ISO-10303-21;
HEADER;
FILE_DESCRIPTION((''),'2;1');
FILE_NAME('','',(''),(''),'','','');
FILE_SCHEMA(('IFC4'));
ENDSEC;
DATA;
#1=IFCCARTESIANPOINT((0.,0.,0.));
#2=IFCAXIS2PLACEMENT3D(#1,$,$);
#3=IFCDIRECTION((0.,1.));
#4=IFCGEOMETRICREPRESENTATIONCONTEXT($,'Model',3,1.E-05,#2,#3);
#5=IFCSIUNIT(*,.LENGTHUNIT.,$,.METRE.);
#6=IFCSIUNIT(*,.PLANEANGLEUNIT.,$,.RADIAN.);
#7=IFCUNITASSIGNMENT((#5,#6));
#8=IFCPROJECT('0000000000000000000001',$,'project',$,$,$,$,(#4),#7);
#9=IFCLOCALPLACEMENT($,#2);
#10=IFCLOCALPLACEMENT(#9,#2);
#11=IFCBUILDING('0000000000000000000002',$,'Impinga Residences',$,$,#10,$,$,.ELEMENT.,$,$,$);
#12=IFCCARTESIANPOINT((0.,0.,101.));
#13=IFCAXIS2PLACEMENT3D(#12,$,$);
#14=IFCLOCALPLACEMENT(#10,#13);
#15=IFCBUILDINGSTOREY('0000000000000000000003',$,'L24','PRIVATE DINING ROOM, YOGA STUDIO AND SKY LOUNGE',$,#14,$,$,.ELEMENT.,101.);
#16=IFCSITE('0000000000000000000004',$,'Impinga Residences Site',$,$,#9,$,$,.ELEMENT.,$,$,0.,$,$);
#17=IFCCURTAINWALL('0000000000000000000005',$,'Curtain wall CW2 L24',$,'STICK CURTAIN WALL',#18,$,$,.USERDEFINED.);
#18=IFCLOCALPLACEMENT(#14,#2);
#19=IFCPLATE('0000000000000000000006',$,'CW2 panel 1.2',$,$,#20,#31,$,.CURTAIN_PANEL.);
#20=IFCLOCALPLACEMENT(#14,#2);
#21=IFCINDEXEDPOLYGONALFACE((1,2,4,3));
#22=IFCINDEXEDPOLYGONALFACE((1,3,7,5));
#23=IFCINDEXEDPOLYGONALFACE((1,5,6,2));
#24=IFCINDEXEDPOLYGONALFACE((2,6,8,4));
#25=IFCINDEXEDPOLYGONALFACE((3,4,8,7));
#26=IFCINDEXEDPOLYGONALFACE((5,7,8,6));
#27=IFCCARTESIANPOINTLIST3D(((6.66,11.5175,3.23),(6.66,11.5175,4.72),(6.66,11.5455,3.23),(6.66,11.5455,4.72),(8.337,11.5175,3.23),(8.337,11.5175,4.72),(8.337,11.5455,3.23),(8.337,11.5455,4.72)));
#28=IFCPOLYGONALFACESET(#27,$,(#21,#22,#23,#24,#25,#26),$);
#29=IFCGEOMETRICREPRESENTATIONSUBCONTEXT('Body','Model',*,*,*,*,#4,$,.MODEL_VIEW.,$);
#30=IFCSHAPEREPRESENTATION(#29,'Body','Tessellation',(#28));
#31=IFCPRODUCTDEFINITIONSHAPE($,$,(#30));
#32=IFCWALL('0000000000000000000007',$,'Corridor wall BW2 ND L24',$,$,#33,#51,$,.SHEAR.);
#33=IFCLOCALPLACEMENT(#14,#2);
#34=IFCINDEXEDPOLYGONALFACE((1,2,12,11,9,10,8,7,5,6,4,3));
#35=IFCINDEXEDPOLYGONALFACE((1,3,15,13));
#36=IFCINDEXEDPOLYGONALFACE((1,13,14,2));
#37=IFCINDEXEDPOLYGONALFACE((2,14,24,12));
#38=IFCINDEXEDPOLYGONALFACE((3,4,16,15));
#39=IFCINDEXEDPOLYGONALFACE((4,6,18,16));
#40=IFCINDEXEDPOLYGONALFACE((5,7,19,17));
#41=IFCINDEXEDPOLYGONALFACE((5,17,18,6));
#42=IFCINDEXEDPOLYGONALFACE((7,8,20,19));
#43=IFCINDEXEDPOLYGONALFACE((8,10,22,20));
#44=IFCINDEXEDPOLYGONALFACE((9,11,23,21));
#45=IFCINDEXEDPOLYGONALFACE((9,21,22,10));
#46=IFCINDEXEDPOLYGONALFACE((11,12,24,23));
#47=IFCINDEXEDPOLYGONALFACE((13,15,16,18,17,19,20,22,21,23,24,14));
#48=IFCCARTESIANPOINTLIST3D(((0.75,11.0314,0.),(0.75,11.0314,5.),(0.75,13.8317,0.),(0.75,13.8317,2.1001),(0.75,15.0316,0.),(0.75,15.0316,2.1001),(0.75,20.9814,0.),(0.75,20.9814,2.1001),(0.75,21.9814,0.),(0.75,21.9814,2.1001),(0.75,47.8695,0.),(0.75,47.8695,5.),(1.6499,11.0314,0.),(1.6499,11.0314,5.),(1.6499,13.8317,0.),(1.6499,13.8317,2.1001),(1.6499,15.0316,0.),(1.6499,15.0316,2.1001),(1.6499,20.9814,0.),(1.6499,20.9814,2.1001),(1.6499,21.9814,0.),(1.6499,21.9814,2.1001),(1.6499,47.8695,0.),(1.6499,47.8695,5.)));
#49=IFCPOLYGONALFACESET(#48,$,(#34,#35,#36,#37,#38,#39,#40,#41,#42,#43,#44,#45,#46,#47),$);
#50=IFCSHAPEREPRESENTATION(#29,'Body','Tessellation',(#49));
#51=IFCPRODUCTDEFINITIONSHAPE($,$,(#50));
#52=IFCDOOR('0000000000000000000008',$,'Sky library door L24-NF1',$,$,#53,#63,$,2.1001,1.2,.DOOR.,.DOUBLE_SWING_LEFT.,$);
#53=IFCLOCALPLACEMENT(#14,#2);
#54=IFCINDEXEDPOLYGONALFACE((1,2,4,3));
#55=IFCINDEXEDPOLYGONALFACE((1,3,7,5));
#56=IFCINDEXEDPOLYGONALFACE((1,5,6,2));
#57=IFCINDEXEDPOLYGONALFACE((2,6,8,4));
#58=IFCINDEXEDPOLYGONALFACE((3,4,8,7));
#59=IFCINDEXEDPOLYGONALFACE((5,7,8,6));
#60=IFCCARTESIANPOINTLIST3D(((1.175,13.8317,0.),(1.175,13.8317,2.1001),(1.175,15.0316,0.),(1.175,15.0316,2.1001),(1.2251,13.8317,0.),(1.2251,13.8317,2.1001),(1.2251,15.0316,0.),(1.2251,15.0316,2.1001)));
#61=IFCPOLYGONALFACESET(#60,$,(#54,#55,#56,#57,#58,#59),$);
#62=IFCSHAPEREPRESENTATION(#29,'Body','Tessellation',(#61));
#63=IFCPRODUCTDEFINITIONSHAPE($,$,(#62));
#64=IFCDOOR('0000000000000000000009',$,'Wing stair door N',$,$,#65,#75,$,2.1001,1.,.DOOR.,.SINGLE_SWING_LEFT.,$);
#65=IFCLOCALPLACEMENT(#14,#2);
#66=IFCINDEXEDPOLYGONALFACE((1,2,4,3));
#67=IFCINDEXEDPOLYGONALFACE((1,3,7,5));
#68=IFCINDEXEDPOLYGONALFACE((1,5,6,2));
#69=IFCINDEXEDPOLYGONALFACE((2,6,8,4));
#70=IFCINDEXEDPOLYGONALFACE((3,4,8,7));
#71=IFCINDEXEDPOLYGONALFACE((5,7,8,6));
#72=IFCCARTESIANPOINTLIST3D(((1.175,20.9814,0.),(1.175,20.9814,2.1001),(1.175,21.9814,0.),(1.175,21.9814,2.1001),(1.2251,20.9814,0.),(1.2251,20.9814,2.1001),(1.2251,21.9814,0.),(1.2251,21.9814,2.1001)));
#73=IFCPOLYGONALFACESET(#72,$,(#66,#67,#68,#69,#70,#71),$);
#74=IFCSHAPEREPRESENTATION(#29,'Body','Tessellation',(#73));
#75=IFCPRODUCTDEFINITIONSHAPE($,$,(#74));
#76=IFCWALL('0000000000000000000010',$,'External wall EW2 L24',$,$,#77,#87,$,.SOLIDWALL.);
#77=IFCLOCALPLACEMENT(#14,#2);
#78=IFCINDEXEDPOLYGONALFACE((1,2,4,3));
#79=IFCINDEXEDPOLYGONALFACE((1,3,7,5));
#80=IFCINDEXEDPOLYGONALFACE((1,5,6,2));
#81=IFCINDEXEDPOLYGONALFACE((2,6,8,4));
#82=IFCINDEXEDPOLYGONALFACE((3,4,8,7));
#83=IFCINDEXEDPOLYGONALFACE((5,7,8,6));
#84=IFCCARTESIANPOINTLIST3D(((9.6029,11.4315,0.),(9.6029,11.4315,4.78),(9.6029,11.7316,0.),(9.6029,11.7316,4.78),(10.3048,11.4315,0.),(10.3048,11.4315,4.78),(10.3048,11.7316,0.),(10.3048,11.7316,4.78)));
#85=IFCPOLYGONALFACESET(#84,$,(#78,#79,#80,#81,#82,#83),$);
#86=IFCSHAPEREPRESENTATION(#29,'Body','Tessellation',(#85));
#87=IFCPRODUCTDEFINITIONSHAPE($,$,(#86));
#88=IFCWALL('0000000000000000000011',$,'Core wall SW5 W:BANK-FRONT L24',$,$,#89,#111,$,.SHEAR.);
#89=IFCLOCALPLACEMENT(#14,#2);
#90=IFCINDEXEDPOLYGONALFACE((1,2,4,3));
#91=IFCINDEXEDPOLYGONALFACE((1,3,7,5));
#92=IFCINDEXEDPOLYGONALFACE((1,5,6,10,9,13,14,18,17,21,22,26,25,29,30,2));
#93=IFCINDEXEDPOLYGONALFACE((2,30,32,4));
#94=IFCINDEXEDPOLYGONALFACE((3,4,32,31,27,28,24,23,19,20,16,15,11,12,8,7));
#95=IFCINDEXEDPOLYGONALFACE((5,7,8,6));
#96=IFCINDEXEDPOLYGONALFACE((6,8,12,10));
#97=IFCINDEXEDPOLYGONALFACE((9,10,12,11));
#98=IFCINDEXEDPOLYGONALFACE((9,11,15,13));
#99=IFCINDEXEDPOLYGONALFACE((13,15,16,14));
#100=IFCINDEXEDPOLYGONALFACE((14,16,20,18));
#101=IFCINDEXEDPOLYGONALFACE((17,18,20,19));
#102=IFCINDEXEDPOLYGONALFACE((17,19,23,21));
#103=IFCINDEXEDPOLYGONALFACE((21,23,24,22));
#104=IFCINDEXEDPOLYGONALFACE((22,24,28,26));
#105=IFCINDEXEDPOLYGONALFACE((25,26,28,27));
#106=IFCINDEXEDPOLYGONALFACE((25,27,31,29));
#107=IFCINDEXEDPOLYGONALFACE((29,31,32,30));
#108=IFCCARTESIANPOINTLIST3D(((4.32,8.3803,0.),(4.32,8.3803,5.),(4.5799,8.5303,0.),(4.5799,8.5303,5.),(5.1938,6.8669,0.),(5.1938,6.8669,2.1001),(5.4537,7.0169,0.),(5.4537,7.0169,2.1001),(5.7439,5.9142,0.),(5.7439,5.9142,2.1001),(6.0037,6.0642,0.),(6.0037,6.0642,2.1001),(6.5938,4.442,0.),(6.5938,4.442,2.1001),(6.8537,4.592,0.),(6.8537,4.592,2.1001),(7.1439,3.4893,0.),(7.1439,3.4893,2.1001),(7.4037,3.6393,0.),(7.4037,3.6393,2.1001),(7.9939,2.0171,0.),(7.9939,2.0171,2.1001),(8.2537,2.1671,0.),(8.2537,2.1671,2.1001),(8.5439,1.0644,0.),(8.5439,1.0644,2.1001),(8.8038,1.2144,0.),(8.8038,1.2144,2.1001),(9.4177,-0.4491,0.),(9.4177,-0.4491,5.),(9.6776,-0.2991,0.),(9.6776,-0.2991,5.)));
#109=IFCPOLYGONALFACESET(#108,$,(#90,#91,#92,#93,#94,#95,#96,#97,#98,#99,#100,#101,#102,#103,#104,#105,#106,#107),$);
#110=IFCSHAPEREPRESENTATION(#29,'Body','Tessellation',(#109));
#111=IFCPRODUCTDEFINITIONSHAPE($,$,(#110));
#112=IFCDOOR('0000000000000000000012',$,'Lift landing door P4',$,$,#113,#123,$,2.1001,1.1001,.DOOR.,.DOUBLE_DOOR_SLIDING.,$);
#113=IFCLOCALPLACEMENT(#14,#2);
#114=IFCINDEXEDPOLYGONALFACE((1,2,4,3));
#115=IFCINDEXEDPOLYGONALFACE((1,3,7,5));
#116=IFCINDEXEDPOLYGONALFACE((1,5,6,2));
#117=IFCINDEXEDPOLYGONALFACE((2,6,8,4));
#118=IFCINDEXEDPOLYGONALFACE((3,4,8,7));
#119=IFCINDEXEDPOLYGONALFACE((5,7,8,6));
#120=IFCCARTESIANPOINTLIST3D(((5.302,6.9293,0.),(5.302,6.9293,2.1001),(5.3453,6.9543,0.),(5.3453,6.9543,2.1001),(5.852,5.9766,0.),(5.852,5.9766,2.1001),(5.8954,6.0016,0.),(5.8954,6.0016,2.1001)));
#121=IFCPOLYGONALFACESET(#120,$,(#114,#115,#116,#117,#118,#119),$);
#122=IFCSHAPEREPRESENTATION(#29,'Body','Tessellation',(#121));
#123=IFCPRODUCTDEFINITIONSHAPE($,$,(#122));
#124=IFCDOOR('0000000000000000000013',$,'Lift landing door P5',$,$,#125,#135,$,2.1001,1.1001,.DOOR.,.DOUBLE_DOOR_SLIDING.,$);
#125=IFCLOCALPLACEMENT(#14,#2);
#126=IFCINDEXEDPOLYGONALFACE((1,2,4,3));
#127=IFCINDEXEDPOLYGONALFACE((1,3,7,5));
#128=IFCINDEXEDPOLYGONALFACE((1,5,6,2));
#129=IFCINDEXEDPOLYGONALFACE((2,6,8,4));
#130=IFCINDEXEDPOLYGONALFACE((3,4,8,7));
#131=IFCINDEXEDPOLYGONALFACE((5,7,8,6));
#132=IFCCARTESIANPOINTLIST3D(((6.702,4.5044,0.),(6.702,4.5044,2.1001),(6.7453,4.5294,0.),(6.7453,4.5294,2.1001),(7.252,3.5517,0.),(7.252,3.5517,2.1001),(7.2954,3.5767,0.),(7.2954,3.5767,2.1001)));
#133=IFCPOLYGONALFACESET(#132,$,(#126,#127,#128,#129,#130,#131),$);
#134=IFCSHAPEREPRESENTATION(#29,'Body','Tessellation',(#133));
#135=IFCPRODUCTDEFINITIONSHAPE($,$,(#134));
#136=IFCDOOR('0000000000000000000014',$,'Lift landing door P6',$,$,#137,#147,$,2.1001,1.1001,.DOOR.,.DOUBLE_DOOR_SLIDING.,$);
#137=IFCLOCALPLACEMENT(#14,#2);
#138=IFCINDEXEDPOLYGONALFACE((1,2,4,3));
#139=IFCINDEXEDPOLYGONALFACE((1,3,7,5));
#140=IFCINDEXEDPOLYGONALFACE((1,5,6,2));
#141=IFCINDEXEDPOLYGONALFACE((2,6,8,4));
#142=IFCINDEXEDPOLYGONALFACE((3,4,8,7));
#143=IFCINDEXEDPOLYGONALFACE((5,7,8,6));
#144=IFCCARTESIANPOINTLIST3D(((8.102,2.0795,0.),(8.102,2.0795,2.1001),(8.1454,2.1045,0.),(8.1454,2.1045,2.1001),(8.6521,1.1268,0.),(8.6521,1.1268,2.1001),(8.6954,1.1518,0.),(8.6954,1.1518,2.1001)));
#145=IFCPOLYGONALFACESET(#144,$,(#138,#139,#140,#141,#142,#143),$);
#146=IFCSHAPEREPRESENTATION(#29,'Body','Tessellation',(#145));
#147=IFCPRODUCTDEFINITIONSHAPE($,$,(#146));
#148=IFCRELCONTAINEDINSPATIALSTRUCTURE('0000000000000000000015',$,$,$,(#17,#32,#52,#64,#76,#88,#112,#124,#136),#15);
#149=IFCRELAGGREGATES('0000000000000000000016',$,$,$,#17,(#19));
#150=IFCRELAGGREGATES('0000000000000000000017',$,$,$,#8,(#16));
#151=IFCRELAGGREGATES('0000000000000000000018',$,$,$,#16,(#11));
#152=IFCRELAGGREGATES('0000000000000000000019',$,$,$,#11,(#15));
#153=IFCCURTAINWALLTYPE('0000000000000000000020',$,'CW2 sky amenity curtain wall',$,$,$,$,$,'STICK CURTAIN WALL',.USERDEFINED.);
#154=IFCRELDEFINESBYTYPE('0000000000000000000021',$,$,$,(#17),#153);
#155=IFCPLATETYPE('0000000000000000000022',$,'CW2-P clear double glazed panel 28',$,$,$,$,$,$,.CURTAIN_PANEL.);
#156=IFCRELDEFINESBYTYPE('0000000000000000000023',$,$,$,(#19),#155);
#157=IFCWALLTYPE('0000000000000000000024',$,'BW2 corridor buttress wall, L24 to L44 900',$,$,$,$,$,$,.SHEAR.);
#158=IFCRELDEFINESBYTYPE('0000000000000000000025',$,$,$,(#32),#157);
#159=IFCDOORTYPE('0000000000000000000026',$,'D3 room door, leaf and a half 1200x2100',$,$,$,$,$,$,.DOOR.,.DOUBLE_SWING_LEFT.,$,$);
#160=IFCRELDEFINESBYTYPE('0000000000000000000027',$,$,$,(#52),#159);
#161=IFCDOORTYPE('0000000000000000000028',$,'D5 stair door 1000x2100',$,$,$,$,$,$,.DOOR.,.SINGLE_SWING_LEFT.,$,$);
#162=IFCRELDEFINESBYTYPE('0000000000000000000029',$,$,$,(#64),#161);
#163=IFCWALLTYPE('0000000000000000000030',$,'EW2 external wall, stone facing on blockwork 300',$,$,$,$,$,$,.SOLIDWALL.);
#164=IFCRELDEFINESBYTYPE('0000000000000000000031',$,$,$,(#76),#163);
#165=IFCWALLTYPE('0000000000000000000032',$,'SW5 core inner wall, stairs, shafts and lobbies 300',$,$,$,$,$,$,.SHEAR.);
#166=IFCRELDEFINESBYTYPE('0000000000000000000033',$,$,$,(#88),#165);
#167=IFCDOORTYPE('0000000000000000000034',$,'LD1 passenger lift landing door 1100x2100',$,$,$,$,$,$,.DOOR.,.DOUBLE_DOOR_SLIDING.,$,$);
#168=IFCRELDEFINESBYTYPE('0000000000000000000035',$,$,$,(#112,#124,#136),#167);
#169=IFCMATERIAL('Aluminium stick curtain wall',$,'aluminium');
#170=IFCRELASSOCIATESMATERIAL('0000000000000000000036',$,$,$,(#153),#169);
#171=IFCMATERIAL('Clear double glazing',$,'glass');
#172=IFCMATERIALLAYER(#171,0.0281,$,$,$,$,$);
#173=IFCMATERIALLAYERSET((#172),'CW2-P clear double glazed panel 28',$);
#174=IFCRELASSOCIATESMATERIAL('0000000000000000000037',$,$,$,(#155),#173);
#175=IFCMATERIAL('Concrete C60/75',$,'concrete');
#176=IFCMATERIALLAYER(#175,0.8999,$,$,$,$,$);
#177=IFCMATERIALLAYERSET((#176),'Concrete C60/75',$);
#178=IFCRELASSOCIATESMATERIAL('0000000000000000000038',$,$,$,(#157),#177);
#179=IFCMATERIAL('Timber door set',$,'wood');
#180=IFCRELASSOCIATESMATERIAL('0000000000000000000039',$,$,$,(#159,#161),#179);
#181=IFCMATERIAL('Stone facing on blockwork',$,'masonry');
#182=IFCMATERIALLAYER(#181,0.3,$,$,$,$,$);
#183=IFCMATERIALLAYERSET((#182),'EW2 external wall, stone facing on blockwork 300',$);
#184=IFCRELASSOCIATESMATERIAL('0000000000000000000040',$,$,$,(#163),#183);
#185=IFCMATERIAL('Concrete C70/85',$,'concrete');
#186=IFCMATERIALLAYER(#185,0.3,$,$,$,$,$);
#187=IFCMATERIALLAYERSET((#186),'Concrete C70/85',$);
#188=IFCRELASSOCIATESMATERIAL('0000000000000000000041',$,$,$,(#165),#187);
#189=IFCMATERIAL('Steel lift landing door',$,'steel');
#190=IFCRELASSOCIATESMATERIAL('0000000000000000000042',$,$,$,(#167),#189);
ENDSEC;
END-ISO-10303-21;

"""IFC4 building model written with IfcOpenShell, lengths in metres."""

from ifc_helpers import new_model, si_unit, direction, frame, frame_2d, origin, origin_2d, place, context, subcontext, project, spatial, rectangle, extrude, material, layer, layer_set, type_object, element, fill, aggregate, save


model = new_model("IFC4")

# Units and contexts
model_context = context("Model", 3, precision=1e-05, world=origin(), true_north=direction((0.0, 1.0)))
body_context = subcontext(model_context, "Body", "Model", "MODEL_VIEW")
ifc_project = project(units=[si_unit("LENGTHUNIT", "METRE"), si_unit("PLANEANGLEUNIT", "RADIAN")], contexts=[model_context])

# Site, building, storey
site_placement = place(None, origin())
site = spatial("IfcSite", under=ifc_project, at=site_placement, Name="Impinga Residences Site", CompositionType="ELEMENT", RefElevation=0.0)
building_placement = place(site_placement, origin())
building = spatial("IfcBuilding", under=site, at=building_placement, Name="Impinga Residences", CompositionType="ELEMENT")
storey_placement = place(building_placement, frame((0.0, 0.0, 101.0)))
storey = spatial("IfcBuildingStorey", under=building, at=storey_placement, Name="L24", Description="PRIVATE DINING ROOM, YOGA STUDIO AND SKY LOUNGE", CompositionType="ELEMENT", Elevation=101.0)

# Shared definitions
ifc_material_1 = material(Name="Concrete C60/75", Category="concrete")

# Shared definitions
ifc_material_2 = material(Name="Aluminium stick curtain wall", Category="aluminium")
curtain_wall_type = type_object("IfcCurtainWallType", Name="CW2 sky amenity curtain wall", ElementType="STICK CURTAIN WALL", PredefinedType="USERDEFINED", material=ifc_material_2)

# Curtain wall
curtain_wall_1_placement = place(storey_placement, origin())
curtain_wall_1 = element("IfcCurtainWall", 1, at=curtain_wall_1_placement, inside=storey, type_object=curtain_wall_type, Name="Curtain wall CW2 L24", ObjectType="STICK CURTAIN WALL", PredefinedType="USERDEFINED")

# Plate
ifc_material_3 = material(Name="Clear double glazing", Category="glass")
ifc_layer_1 = layer(ifc_material_3, 0.0281)
ifc_layer_set_1 = layer_set([ifc_layer_1], Name="CW2-P clear double glazed panel 28")
plate_type = type_object("IfcPlateType", Name="CW2-P clear double glazed panel 28", PredefinedType="CURTAIN_PANEL", material=ifc_layer_set_1)
plate_1_placement = place(storey_placement, frame((7.4985, 11.5315, 3.23), z_axis=(0.0, 0.0, 1.0), x_axis=(-1.0, 0.0, 0.0)))
plate_1 = element("IfcPlate", 2, at=plate_1_placement, type_object=plate_type, Name="CW2 panel 1.2", PredefinedType="CURTAIN_PANEL", context=body_context, shape_type="SweptSolid", body=[
    extrude(rectangle(XDim=1.677, YDim=0.0281, at=origin_2d()), origin(), (0.0, 0.0, 1.0), 1.49),
])
aggregate(curtain_wall_1, [plate_1])

# Wall, openings, doors
ifc_layer_2 = layer(ifc_material_1, 0.8999)
ifc_layer_set_2 = layer_set([ifc_layer_2], Name="Concrete C60/75")
wall_type_1 = type_object("IfcWallType", Name="BW2 corridor buttress wall, L24 to L44 900", PredefinedType="SHEAR", material=ifc_layer_set_2)
wall_1_placement = place(storey_placement, frame((1.2, 11.0315, 0.0), z_axis=(0.0, 0.0, 1.0), x_axis=(0.0, 1.0, 0.0)))
wall_1 = element("IfcWall", 3, at=wall_1_placement, inside=storey, type_object=wall_type_1, Name="Corridor wall BW2 ND L24", PredefinedType="SHEAR", context=body_context, shape_type="SweptSolid", body=[
    extrude(rectangle(XDim=36.8381, YDim=0.8999, at=frame_2d((18.4189, 0.0))), origin(), (0.0, 0.0, 1.0), 5.0),
])
opening_1_placement = place(wall_1_placement, frame((9.95, 0.0, 0.0)))
opening_1 = element("IfcOpeningElement", 4, at=opening_1_placement, cuts=wall_1, PredefinedType="OPENING", context=body_context, shape_type="SweptSolid", body=[
    extrude(rectangle(XDim=1.0, YDim=2.1001, at=frame_2d((0.5, 1.05))), frame((0.0, 0.46, 0.0), z_axis=(0.0, -1.0, 0.0), x_axis=(1.0, 0.0, 0.0)), (0.0, 0.0, 1.0), 0.9199),
])
opening_2_placement = place(wall_1_placement, frame((2.8, 0.0, 0.0)))
opening_2 = element("IfcOpeningElement", 5, at=opening_2_placement, cuts=wall_1, PredefinedType="OPENING", context=body_context, shape_type="SweptSolid", body=[
    extrude(rectangle(XDim=1.2, YDim=2.1001, at=frame_2d((0.6001, 1.05))), frame((0.0, 0.46, 0.0), z_axis=(0.0, -1.0, 0.0), x_axis=(1.0, 0.0, 0.0)), (0.0, 0.0, 1.0), 0.9199),
])
ifc_material_4 = material(Name="Timber door set", Category="wood")
door_type_1 = type_object("IfcDoorType", Name="D3 room door, leaf and a half 1200x2100", OperationType="DOUBLE_SWING_LEFT", PredefinedType="DOOR", material=ifc_material_4)
door_1_placement = place(opening_2_placement, origin())
door_1 = element("IfcDoor", 6, at=door_1_placement, inside=storey, type_object=door_type_1, Name="Sky library door L24-NF1", OperationType="DOUBLE_SWING_LEFT", OverallHeight=2.1001, OverallWidth=1.2, PredefinedType="DOOR", context=body_context, shape_type="SweptSolid", body=[
    extrude(rectangle(XDim=1.2, YDim=2.1001, at=frame_2d((0.6001, 1.05))), frame((0.0, 0.0249, 0.0), z_axis=(0.0, -1.0, 0.0), x_axis=(1.0, 0.0, 0.0)), (0.0, 0.0, 1.0), 0.05),
])
fill(opening_2, door_1)
door_type_2 = type_object("IfcDoorType", Name="D5 stair door 1000x2100", OperationType="SINGLE_SWING_LEFT", PredefinedType="DOOR", material=ifc_material_4)
door_2_placement = place(opening_1_placement, origin())
door_2 = element("IfcDoor", 7, at=door_2_placement, inside=storey, type_object=door_type_2, Name="Wing stair door N", OperationType="SINGLE_SWING_LEFT", OverallHeight=2.1001, OverallWidth=1.0, PredefinedType="DOOR", context=body_context, shape_type="SweptSolid", body=[
    extrude(rectangle(XDim=1.0, YDim=2.1001, at=frame_2d((0.5, 1.05))), frame((0.0, 0.0249, 0.0), z_axis=(0.0, -1.0, 0.0), x_axis=(1.0, 0.0, 0.0)), (0.0, 0.0, 1.0), 0.05),
])
fill(opening_1, door_2)

# Wall
ifc_material_5 = material(Name="Stone facing on blockwork", Category="masonry")
ifc_layer_3 = layer(ifc_material_5, 0.3)
ifc_layer_set_3 = layer_set([ifc_layer_3], Name="EW2 external wall, stone facing on blockwork 300")
wall_type_2 = type_object("IfcWallType", Name="EW2 external wall, stone facing on blockwork 300", PredefinedType="SOLIDWALL", material=ifc_layer_set_3)
wall_2_placement = place(storey_placement, frame((10.3049, 11.5815, 0.0), z_axis=(0.0, 0.0, 1.0), x_axis=(-1.0, 0.0, 0.0)))
element("IfcWall", 8, at=wall_2_placement, inside=storey, type_object=wall_type_2, Name="External wall EW2 L24", PredefinedType="SOLIDWALL", context=body_context, shape_type="SweptSolid", body=[
    extrude(rectangle(XDim=0.7019, YDim=0.3, at=frame_2d((0.3511, 0.0))), origin(), (0.0, 0.0, 1.0), 4.78),
])

# Wall, openings, doors
ifc_material_6 = material(Name="Concrete C70/85", Category="concrete")
ifc_layer_4 = layer(ifc_material_6, 0.3)
ifc_layer_set_4 = layer_set([ifc_layer_4], Name="Concrete C70/85")
wall_type_3 = type_object("IfcWallType", Name="SW5 core inner wall, stairs, shafts and lobbies 300", PredefinedType="SHEAR", material=ifc_layer_set_4)
wall_3_placement = place(storey_placement, frame((4.45, 8.4553, 0.0), z_axis=(0.0, 0.0, 1.0), x_axis=(0.500002, -0.866024, 0.0)))
wall_3 = element("IfcWall", 9, at=wall_3_placement, inside=storey, type_object=wall_type_3, Name="Core wall SW5 W:BANK-FRONT L24", PredefinedType="SHEAR", context=body_context, shape_type="SweptSolid", body=[
    extrude(rectangle(XDim=10.1953, YDim=0.3, at=frame_2d((5.0977, 0.0))), origin(), (0.0, 0.0, 1.0), 5.0),
])
opening_3_placement = place(wall_3_placement, frame((1.7476, 0.0, 0.0)))
opening_3 = element("IfcOpeningElement", 10, at=opening_3_placement, cuts=wall_3, PredefinedType="OPENING", context=body_context, shape_type="SweptSolid", body=[
    extrude(rectangle(XDim=1.1001, YDim=2.1001, at=frame_2d((0.55, 1.05))), frame((0.0, 0.1599, 0.0), z_axis=(0.0, -1.0, 0.0), x_axis=(1.0, 0.0, 0.0)), (0.0, 0.0, 1.0), 0.3201),
])
opening_4_placement = place(wall_3_placement, frame((4.5476, 0.0, 0.0)))
opening_4 = element("IfcOpeningElement", 11, at=opening_4_placement, cuts=wall_3, PredefinedType="OPENING", context=body_context, shape_type="SweptSolid", body=[
    extrude(rectangle(XDim=1.1001, YDim=2.1001, at=frame_2d((0.55, 1.05))), frame((0.0, 0.1599, 0.0), z_axis=(0.0, -1.0, 0.0), x_axis=(1.0, 0.0, 0.0)), (0.0, 0.0, 1.0), 0.3201),
])
opening_5_placement = place(wall_3_placement, frame((7.3477, 0.0, 0.0)))
opening_5 = element("IfcOpeningElement", 12, at=opening_5_placement, cuts=wall_3, PredefinedType="OPENING", context=body_context, shape_type="SweptSolid", body=[
    extrude(rectangle(XDim=1.1001, YDim=2.1001, at=frame_2d((0.55, 1.05))), frame((0.0, 0.1599, 0.0), z_axis=(0.0, -1.0, 0.0), x_axis=(1.0, 0.0, 0.0)), (0.0, 0.0, 1.0), 0.3201),
])
ifc_material_7 = material(Name="Steel lift landing door", Category="steel")
door_type_3 = type_object("IfcDoorType", Name="LD1 passenger lift landing door 1100x2100", OperationType="DOUBLE_DOOR_SLIDING", PredefinedType="DOOR", material=ifc_material_7)
door_3_placement = place(opening_3_placement, origin())
door_3 = element("IfcDoor", 13, at=door_3_placement, inside=storey, type_object=door_type_3, Name="Lift landing door P4", OperationType="DOUBLE_DOOR_SLIDING", OverallHeight=2.1001, OverallWidth=1.1001, PredefinedType="DOOR", context=body_context, shape_type="SweptSolid", body=[
    extrude(rectangle(XDim=1.1001, YDim=2.1001, at=frame_2d((0.55, 1.05))), frame((0.0, 0.0249, 0.0), z_axis=(0.0, -1.0, 0.0), x_axis=(1.0, 0.0, 0.0)), (0.0, 0.0, 1.0), 0.05),
])
fill(opening_3, door_3)
door_4_placement = place(opening_4_placement, origin())
door_4 = element("IfcDoor", 14, at=door_4_placement, inside=storey, type_object=door_type_3, Name="Lift landing door P5", OperationType="DOUBLE_DOOR_SLIDING", OverallHeight=2.1001, OverallWidth=1.1001, PredefinedType="DOOR", context=body_context, shape_type="SweptSolid", body=[
    extrude(rectangle(XDim=1.1001, YDim=2.1001, at=frame_2d((0.55, 1.05))), frame((0.0, 0.0249, 0.0), z_axis=(0.0, -1.0, 0.0), x_axis=(1.0, 0.0, 0.0)), (0.0, 0.0, 1.0), 0.05),
])
fill(opening_4, door_4)
door_5_placement = place(opening_5_placement, origin())
door_5 = element("IfcDoor", 15, at=door_5_placement, inside=storey, type_object=door_type_3, Name="Lift landing door P6", OperationType="DOUBLE_DOOR_SLIDING", OverallHeight=2.1001, OverallWidth=1.1001, PredefinedType="DOOR", context=body_context, shape_type="SweptSolid", body=[
    extrude(rectangle(XDim=1.1001, YDim=2.1001, at=frame_2d((0.55, 1.05))), frame((0.0, 0.0249, 0.0), z_axis=(0.0, -1.0, 0.0), x_axis=(1.0, 0.0, 0.0)), (0.0, 0.0, 1.0), 0.05),
])
fill(opening_5, door_5)

save(model, "model.ifc")
